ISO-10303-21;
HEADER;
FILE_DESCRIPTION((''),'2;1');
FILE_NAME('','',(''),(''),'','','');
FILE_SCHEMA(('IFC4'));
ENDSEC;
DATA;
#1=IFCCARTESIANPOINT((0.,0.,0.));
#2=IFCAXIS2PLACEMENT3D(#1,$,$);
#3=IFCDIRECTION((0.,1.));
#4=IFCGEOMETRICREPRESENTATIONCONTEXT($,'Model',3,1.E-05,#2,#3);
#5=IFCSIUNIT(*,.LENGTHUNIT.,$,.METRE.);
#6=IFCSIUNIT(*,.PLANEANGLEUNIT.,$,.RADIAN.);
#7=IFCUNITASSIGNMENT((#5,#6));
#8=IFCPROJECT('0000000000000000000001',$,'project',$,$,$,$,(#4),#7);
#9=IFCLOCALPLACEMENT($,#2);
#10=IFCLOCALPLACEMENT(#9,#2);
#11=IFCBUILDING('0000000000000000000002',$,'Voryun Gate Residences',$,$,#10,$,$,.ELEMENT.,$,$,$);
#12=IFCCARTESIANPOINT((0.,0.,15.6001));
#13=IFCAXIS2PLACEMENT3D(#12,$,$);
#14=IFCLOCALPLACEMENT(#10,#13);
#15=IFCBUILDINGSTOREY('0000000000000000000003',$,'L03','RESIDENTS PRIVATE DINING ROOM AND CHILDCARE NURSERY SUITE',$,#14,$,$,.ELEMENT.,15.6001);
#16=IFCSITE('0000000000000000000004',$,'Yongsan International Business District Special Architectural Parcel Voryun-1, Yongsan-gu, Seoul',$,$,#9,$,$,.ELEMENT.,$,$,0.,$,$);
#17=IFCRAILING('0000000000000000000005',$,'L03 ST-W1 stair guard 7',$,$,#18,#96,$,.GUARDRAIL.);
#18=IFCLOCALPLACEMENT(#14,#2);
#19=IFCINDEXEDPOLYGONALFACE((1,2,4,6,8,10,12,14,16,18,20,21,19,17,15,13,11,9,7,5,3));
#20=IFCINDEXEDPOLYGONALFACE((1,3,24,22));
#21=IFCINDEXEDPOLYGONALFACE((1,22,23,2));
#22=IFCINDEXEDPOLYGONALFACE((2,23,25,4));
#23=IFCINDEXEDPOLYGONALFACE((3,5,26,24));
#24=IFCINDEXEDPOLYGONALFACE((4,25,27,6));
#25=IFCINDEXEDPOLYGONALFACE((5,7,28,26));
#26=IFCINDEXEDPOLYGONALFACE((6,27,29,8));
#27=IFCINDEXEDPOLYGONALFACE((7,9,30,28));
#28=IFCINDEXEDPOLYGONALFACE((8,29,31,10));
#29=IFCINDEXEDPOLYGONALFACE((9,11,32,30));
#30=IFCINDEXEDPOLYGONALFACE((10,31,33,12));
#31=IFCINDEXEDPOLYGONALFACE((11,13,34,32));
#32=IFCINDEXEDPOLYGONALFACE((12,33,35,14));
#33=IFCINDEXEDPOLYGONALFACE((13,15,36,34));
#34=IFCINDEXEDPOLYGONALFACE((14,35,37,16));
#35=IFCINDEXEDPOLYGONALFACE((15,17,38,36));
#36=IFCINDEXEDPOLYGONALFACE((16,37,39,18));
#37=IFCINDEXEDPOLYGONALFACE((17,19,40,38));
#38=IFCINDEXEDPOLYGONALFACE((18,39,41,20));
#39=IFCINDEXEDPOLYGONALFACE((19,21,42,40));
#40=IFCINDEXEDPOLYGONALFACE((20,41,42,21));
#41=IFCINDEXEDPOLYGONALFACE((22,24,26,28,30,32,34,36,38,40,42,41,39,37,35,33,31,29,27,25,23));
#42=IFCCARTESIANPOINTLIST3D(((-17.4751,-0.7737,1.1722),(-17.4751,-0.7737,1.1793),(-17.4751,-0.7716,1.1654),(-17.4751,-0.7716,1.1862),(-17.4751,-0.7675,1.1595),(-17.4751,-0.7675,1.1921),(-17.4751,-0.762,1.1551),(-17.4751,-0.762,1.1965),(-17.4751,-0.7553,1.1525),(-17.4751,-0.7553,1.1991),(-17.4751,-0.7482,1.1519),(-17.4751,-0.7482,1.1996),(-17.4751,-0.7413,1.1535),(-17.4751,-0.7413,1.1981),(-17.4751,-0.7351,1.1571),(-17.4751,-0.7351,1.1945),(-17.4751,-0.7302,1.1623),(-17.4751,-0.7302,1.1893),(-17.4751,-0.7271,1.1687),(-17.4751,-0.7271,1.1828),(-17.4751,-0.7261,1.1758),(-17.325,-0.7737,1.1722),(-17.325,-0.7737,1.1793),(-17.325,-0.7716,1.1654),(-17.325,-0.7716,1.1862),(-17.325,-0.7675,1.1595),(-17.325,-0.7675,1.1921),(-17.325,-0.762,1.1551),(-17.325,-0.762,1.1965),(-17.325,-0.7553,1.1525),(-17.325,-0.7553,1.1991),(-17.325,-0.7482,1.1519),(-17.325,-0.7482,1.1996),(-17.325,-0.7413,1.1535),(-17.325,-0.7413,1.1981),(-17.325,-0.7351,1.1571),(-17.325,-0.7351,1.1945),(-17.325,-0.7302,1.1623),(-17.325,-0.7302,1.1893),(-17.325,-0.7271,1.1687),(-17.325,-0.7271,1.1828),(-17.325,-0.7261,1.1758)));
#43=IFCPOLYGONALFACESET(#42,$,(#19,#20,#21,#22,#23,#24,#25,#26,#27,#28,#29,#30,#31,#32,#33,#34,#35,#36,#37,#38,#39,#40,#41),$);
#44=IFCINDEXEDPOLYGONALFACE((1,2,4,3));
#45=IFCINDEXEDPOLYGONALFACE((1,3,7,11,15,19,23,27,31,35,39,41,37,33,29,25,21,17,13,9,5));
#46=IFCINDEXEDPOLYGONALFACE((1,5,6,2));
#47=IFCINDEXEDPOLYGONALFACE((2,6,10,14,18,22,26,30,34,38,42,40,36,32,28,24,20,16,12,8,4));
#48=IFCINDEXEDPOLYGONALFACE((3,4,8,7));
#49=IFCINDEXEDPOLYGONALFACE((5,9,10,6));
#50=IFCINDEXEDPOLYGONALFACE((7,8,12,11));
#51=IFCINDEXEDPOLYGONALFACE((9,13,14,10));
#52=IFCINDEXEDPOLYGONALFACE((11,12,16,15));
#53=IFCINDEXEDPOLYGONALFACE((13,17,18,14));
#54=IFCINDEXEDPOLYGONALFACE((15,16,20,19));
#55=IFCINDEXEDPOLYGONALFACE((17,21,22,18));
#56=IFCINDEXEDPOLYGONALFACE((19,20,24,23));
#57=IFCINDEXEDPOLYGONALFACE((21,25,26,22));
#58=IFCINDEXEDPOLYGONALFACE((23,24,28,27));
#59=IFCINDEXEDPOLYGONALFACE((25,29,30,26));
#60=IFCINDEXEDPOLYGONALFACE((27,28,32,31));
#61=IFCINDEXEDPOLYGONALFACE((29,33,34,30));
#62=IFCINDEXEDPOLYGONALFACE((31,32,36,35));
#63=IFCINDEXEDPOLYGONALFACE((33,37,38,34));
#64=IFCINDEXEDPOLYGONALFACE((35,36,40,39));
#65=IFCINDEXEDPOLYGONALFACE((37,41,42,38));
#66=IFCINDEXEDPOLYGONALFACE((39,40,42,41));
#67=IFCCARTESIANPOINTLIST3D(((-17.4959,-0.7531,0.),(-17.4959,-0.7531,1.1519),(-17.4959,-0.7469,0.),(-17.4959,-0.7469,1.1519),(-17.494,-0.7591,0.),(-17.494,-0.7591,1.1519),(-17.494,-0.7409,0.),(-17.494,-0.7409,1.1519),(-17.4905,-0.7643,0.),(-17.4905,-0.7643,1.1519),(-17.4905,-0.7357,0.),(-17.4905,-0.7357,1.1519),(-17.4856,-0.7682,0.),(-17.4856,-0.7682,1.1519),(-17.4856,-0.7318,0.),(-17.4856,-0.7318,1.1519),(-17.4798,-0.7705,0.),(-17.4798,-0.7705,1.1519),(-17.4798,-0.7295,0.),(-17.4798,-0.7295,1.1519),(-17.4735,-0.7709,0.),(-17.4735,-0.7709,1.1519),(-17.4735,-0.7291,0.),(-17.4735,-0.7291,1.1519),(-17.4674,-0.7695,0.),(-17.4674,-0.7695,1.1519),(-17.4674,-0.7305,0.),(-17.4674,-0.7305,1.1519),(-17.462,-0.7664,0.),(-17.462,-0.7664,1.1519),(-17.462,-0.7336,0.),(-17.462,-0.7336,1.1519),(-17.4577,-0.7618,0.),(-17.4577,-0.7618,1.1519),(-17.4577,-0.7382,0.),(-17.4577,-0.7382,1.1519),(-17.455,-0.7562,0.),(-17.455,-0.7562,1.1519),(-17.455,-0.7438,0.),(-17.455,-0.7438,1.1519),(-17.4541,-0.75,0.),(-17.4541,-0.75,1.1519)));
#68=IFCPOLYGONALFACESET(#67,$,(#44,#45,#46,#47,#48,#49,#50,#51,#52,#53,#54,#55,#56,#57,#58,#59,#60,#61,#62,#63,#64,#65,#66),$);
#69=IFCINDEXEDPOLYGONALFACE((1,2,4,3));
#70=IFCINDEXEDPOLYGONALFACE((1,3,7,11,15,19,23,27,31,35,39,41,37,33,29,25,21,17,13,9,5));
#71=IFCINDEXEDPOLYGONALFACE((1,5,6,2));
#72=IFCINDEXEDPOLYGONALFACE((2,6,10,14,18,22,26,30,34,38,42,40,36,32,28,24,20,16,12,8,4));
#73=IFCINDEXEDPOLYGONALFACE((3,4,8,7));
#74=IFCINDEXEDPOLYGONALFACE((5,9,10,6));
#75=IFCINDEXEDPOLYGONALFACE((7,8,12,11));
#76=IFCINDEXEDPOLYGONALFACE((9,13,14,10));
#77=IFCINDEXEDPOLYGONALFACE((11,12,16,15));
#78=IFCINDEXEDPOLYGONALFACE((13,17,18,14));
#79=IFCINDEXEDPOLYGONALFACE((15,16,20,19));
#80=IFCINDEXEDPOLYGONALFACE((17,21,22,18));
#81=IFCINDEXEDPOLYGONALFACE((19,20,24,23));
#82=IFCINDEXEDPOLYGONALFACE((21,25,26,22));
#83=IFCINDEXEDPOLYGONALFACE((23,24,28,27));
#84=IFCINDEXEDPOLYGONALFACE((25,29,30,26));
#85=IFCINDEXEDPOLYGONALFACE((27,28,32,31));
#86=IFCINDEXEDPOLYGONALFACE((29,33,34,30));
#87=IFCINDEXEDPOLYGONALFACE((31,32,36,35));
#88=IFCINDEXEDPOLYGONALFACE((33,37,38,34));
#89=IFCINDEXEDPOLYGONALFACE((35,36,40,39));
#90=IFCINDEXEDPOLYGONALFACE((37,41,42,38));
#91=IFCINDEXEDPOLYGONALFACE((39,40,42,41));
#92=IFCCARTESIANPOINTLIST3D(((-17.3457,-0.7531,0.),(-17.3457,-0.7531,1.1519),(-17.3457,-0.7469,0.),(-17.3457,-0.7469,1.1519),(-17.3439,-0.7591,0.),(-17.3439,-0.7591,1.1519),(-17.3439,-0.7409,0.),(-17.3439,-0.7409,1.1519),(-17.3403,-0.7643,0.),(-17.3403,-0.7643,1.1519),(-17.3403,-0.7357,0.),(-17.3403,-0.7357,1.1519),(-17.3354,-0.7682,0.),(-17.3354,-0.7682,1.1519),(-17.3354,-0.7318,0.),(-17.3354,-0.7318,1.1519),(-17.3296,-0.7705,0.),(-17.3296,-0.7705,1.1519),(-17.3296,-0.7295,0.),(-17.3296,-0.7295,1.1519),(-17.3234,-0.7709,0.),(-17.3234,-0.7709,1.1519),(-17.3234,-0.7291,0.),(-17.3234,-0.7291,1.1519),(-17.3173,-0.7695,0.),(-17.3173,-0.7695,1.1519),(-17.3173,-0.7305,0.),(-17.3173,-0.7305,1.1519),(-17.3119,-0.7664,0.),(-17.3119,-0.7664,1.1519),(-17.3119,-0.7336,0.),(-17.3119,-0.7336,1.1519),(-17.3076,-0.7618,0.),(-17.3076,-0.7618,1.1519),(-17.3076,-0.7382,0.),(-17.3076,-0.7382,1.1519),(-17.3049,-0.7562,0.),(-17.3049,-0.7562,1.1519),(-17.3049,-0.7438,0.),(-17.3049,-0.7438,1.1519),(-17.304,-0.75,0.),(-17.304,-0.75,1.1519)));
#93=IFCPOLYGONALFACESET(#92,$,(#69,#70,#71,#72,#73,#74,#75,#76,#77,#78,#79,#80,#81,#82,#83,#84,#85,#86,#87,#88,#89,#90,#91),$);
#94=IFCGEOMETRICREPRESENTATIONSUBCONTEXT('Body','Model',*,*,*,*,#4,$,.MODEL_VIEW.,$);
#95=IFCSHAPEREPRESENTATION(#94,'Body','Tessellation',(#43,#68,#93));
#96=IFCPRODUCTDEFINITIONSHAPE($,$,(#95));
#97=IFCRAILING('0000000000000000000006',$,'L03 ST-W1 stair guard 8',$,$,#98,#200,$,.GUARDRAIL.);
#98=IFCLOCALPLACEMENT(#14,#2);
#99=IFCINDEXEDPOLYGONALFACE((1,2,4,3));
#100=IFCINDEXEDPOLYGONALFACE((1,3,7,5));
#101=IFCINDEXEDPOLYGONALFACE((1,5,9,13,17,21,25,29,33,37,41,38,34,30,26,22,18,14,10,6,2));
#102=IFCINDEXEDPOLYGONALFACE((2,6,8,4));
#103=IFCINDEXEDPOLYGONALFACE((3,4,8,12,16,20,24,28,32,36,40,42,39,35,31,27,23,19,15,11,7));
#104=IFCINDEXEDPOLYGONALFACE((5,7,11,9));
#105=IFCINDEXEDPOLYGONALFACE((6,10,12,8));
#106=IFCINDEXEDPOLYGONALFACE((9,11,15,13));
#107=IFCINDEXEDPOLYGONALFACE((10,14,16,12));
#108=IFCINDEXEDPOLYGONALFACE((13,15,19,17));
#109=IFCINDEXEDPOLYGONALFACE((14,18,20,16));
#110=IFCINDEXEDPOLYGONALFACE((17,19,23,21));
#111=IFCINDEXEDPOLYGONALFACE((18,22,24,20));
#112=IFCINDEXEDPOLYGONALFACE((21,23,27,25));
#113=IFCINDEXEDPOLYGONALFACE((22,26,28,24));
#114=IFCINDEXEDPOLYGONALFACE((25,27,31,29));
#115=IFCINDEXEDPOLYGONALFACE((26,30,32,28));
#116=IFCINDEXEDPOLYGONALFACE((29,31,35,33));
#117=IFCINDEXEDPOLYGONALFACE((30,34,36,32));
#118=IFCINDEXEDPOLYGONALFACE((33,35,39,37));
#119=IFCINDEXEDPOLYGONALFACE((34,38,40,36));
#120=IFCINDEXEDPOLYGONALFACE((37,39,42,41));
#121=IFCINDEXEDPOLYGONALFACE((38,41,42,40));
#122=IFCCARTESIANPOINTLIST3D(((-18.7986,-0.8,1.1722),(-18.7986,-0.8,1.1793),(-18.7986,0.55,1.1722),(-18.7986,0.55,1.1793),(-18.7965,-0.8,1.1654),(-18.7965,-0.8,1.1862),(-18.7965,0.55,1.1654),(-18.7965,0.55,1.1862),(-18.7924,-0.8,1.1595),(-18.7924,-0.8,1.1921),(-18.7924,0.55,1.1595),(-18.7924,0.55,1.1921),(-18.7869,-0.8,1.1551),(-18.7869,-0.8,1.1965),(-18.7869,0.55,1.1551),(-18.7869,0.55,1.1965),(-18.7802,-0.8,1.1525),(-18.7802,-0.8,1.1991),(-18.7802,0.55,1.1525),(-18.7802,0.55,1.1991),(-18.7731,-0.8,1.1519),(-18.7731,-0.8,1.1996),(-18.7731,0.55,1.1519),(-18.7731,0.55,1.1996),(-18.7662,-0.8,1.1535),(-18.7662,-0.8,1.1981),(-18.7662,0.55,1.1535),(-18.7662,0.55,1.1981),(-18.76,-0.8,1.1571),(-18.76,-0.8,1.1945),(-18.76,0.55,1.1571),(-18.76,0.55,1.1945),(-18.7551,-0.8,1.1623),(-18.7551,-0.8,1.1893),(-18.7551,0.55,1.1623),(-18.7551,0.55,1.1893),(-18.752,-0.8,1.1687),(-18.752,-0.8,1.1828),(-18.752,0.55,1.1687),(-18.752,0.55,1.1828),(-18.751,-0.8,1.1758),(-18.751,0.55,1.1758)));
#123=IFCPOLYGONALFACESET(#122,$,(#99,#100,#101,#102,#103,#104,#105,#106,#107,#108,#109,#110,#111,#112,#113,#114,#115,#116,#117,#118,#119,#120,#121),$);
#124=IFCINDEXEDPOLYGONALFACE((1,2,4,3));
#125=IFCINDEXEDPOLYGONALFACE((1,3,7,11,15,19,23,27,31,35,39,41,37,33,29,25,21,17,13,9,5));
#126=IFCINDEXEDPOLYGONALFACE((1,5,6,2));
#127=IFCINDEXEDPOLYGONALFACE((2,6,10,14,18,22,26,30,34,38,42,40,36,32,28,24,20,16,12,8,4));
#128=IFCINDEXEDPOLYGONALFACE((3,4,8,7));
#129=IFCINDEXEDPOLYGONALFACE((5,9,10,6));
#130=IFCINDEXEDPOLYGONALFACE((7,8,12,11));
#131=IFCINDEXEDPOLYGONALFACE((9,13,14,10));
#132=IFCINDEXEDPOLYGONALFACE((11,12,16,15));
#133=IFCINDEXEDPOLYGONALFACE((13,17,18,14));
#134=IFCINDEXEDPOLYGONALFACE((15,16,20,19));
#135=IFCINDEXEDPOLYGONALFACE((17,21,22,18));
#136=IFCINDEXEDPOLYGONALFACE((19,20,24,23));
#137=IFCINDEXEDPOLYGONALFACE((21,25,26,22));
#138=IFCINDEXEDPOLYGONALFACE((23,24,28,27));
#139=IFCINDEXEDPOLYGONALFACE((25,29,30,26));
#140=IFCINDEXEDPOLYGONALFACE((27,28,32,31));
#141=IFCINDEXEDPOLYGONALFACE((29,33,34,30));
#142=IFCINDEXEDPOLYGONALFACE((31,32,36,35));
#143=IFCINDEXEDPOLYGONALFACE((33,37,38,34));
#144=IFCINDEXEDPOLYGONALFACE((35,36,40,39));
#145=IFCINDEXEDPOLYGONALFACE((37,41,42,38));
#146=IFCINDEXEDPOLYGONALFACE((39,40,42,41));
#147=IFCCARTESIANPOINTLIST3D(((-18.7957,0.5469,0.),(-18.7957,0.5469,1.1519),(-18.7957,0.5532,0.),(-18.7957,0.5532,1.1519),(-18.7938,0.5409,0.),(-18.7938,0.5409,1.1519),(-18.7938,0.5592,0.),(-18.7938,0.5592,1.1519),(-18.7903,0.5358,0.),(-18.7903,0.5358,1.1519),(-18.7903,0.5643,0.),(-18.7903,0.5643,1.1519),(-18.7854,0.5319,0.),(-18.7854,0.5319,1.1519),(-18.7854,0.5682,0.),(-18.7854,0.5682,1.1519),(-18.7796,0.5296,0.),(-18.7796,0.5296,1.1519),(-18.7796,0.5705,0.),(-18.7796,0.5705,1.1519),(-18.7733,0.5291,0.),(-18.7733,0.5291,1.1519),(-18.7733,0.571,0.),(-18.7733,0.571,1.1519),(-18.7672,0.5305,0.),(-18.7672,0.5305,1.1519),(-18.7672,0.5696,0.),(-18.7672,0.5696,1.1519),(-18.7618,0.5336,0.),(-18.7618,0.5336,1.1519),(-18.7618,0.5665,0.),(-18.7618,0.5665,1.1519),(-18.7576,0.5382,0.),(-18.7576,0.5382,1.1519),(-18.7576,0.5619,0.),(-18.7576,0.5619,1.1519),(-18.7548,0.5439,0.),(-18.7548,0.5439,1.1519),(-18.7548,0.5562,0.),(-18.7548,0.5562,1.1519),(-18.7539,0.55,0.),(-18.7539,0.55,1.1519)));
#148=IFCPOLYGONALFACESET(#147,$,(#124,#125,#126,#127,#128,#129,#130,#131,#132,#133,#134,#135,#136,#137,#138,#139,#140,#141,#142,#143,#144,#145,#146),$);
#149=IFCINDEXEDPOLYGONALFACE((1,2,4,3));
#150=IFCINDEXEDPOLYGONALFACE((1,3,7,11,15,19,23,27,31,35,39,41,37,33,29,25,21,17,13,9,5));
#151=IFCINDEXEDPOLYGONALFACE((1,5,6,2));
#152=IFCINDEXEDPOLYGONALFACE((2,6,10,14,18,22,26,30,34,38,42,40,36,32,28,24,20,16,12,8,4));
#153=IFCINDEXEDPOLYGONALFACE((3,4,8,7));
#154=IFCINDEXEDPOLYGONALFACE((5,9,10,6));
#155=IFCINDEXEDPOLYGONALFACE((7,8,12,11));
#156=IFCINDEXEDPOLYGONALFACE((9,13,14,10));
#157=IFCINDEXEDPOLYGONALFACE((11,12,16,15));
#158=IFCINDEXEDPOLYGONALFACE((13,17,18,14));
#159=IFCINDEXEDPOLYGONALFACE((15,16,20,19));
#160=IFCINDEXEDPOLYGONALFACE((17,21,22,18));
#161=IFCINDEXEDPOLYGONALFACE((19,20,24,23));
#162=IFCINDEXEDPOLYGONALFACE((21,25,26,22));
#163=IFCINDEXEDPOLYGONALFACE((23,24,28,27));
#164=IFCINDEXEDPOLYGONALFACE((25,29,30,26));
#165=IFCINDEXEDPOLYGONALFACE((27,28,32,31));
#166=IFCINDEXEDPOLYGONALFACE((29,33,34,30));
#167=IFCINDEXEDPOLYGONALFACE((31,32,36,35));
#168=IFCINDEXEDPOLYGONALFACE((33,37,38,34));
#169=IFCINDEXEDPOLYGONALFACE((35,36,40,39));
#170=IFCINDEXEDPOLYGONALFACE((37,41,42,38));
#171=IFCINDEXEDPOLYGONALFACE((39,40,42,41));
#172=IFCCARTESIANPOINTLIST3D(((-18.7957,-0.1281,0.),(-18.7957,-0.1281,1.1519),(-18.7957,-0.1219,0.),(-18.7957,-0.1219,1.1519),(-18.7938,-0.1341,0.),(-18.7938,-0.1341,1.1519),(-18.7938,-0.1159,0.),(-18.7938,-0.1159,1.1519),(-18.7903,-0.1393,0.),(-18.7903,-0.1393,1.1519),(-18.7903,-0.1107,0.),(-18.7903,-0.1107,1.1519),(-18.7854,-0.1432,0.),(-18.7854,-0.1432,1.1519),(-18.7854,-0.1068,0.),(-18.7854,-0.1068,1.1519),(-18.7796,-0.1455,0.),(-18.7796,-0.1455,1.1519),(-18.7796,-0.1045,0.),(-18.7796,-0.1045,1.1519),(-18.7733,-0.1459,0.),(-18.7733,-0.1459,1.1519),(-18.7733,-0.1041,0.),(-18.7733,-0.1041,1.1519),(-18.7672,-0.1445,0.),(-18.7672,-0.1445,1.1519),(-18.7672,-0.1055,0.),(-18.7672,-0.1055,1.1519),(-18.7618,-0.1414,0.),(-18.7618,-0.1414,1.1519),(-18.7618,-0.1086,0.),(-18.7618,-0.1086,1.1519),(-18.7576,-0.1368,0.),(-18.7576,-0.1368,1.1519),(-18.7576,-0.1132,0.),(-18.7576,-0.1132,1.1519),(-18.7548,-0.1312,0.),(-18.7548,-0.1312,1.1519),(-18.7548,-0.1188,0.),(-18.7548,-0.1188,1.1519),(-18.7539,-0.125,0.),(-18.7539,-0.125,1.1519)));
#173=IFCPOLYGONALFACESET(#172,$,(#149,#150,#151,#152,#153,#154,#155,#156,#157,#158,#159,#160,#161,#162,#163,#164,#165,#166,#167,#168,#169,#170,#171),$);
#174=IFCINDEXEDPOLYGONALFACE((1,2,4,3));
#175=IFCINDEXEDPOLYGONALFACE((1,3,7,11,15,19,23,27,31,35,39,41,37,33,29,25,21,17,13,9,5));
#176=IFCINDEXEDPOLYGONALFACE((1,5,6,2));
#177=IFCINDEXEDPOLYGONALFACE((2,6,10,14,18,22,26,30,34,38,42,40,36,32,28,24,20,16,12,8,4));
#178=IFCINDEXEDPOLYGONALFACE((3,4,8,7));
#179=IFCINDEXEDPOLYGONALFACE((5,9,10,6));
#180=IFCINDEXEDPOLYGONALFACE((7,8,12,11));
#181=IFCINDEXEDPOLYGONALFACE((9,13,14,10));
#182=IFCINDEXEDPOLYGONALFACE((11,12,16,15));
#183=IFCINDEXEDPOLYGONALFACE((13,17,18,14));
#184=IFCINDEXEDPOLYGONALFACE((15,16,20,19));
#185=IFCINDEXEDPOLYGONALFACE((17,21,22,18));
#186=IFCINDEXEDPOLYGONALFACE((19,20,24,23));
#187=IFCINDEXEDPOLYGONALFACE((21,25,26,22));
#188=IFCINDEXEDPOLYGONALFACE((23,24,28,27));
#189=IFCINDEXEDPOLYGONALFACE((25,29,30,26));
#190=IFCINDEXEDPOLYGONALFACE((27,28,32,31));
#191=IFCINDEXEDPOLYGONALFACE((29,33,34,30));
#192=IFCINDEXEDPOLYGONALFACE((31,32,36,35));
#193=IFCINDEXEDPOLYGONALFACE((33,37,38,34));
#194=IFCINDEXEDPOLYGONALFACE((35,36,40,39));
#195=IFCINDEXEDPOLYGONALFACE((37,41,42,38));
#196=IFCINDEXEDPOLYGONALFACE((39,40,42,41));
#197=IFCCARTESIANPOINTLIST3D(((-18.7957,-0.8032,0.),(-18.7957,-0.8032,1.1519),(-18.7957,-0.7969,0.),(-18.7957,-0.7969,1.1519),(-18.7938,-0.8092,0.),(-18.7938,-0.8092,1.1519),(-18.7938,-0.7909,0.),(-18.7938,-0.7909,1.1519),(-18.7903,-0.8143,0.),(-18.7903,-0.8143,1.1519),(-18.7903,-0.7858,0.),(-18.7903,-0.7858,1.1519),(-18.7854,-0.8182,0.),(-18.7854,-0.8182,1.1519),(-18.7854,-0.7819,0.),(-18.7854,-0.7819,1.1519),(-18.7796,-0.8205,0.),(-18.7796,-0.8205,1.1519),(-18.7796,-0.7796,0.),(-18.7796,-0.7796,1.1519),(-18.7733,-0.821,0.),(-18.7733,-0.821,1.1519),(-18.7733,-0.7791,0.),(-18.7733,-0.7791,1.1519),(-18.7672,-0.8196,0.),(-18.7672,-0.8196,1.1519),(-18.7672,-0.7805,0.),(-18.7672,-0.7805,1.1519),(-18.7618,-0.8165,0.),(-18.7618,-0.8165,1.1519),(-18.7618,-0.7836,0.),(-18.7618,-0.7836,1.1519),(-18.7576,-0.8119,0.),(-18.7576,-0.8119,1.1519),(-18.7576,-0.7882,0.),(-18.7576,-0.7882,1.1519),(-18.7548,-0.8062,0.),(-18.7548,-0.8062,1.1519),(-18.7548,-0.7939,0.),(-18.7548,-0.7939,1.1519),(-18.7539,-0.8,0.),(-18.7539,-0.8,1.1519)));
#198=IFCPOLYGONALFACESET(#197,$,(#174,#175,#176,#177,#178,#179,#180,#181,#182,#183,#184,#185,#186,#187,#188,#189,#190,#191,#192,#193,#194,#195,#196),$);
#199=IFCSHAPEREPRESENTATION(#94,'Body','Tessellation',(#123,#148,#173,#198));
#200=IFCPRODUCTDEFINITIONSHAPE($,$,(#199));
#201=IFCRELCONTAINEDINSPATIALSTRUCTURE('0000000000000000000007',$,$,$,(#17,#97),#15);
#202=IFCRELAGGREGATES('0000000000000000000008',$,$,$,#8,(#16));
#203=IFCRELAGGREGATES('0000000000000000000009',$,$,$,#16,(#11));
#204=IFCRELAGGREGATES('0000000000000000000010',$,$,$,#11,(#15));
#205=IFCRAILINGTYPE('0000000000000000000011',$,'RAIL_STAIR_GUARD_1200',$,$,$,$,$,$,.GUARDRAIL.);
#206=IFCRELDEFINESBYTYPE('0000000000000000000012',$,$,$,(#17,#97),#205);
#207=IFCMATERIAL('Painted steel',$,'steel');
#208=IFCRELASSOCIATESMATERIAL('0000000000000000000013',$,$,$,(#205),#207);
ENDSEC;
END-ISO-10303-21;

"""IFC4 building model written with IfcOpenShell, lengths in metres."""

from ifc_helpers import new_model, si_unit, direction, frame, origin, origin_2d, place, context, subcontext, project, spatial, circle, extrude, material, type_object, element, save


model = new_model("IFC4")

# Units and contexts
model_context = context("Model", 3, precision=1e-05, world=origin(), true_north=direction((0.0, 1.0)))
body_context = subcontext(model_context, "Body", "Model", "MODEL_VIEW")
ifc_project = project(units=[si_unit("LENGTHUNIT", "METRE"), si_unit("PLANEANGLEUNIT", "RADIAN")], contexts=[model_context])

# Site, building, storey
site_placement = place(None, origin())
site = spatial("IfcSite", under=ifc_project, at=site_placement, Name="Yongsan International Business District Special Architectural Parcel Voryun-1, Yongsan-gu, Seoul", CompositionType="ELEMENT", RefElevation=0.0)
building_placement = place(site_placement, origin())
building = spatial("IfcBuilding", under=site, at=building_placement, Name="Voryun Gate Residences", CompositionType="ELEMENT")
storey_placement = place(building_placement, frame((0.0, 0.0, 15.6001)))
storey = spatial("IfcBuildingStorey", under=building, at=storey_placement, Name="L03", Description="RESIDENTS PRIVATE DINING ROOM AND CHILDCARE NURSERY SUITE", CompositionType="ELEMENT", Elevation=15.6001)

# Railings
ifc_material_1 = material(Name="Painted steel", Category="steel")
railing_type_1 = type_object("IfcRailingType", Name="RAIL_STAIR_GUARD_1200", PredefinedType="GUARDRAIL", material=ifc_material_1)
railing_1_placement = place(storey_placement, frame((-17.4751, -0.75, 0.0)))
element("IfcRailing", 1, at=railing_1_placement, inside=storey, type_object=railing_type_1, Name="L03 ST-W1 stair guard 7", PredefinedType="GUARDRAIL", context=body_context, shape_type="SweptSolid", body=[
    extrude(circle(Radius=0.0239, at=origin_2d()), frame((0.0, 0.0, 1.1758), z_axis=(1.0, 0.0, 0.0), x_axis=(0.0, 1.0, 0.0)), (0.0, 0.0, 1.0), 0.1501),
    extrude(circle(Radius=0.021, at=origin_2d()), origin(), (0.0, 0.0, 1.0), 1.1519),
    extrude(circle(Radius=0.021, at=origin_2d()), frame((0.1501, 0.0, 0.0)), (0.0, 0.0, 1.0), 1.1519),
])
for number, where, name in (
    (2, (-18.7749, 0.55, 0.0), "L03 ST-W1 stair guard 8"),
):
    element("IfcRailing", number, at=place(storey_placement, frame(where)), inside=storey, type_object=railing_type_1, Name=name, PredefinedType="GUARDRAIL", context=body_context, shape_type="SweptSolid", body=[
        extrude(circle(Radius=0.0239, at=origin_2d()), frame((0.0, 0.0, 1.1758), z_axis=(0.0, -1.0, 0.0), x_axis=(1.0, 0.0, 0.0)), (0.0, 0.0, 1.0), 1.3501),
        extrude(circle(Radius=0.021, at=origin_2d()), origin(), (0.0, 0.0, 1.0), 1.1519),
        extrude(circle(Radius=0.021, at=origin_2d()), frame((0.0, -0.675, 0.0)), (0.0, 0.0, 1.0), 1.1519),
        extrude(circle(Radius=0.021, at=origin_2d()), frame((0.0, -1.3501, 0.0)), (0.0, 0.0, 1.0), 1.1519),
    ])

save(model, "model.ifc")
